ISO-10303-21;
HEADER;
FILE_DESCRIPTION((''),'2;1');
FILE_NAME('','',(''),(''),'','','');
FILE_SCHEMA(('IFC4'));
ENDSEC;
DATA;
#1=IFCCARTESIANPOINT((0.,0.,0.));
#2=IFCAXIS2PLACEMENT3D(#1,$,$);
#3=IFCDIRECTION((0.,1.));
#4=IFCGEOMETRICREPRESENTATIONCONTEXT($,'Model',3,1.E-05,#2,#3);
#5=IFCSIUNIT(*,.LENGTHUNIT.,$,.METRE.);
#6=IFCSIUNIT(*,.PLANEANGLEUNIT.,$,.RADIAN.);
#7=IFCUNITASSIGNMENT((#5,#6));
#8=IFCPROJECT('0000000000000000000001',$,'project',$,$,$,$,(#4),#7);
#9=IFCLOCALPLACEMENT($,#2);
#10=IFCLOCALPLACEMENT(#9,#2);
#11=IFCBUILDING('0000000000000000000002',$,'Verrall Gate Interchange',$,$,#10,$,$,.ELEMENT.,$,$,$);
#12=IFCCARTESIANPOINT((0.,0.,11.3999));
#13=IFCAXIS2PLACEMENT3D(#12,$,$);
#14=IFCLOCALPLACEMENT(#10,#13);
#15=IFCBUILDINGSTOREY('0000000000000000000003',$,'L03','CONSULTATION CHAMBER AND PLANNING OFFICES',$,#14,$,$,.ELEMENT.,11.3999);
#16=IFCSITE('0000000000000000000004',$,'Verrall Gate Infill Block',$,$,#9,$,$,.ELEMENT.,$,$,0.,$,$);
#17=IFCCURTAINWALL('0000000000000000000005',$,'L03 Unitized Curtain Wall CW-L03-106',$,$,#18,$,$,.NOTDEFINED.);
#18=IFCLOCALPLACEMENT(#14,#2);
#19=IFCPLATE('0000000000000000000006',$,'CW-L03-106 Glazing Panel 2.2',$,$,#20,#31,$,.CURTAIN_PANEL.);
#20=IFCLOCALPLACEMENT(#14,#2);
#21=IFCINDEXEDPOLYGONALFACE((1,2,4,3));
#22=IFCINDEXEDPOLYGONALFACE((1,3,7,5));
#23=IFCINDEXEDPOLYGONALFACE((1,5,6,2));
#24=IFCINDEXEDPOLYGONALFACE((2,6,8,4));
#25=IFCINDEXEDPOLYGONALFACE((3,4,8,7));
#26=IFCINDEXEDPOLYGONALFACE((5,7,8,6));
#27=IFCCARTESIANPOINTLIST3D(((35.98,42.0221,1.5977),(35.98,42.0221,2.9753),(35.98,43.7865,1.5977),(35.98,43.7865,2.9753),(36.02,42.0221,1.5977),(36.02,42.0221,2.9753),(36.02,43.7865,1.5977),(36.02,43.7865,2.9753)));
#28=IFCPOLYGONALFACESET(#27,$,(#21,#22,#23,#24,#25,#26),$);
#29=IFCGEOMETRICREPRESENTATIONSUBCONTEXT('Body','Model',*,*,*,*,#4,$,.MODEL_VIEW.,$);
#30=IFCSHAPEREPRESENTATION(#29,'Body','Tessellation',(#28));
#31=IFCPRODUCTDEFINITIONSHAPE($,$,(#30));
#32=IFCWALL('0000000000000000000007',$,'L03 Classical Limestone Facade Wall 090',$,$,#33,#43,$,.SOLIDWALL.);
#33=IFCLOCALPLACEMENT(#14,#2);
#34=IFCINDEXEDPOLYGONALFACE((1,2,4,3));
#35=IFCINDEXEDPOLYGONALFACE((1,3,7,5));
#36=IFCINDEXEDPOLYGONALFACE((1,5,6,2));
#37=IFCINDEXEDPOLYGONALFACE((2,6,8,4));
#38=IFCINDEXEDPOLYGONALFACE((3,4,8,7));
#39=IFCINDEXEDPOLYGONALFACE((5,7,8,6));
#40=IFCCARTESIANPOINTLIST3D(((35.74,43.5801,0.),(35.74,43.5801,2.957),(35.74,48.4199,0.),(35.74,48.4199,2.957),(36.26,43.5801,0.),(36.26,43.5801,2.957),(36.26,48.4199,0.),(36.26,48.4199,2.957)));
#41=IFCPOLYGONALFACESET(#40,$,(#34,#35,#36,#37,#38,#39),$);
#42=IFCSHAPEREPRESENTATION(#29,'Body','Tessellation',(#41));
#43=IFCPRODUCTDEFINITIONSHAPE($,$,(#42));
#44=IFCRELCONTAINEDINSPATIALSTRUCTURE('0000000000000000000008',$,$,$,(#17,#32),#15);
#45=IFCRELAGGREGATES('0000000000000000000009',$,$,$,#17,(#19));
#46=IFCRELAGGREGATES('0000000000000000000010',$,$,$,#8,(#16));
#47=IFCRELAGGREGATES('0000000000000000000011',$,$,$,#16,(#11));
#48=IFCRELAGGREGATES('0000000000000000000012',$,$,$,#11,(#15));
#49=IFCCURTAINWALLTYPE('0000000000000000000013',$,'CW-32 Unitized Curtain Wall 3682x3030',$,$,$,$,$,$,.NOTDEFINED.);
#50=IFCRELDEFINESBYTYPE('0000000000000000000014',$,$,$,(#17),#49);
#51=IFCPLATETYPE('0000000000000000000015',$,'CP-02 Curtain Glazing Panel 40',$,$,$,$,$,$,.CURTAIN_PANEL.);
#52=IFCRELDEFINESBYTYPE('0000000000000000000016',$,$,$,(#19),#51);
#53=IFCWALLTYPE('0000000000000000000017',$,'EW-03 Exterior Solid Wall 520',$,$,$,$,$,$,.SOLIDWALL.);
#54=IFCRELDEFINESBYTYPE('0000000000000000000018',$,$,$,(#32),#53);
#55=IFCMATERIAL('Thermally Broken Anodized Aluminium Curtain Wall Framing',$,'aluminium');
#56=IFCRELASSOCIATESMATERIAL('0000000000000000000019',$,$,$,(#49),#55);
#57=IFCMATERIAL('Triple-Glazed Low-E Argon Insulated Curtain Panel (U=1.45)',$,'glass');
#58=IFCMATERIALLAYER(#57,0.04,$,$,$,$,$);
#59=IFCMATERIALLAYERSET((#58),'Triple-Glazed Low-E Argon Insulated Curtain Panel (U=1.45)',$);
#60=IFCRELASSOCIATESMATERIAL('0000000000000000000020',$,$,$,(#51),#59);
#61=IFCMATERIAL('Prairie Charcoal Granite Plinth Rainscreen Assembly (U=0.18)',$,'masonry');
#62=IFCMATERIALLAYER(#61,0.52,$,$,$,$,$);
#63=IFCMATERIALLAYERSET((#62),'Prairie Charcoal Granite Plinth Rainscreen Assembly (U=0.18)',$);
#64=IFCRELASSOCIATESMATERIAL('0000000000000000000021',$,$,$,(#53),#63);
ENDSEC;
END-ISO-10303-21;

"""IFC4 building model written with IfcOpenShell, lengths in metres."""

from ifc_helpers import new_model, si_unit, direction, frame, frame_2d, origin, origin_2d, place, context, subcontext, project, spatial, rectangle, extrude, material, layer, layer_set, type_object, element, aggregate, save


model = new_model("IFC4")

# Units and contexts
model_context = context("Model", 3, precision=1e-05, world=origin(), true_north=direction((0.0, 1.0)))
body_context = subcontext(model_context, "Body", "Model", "MODEL_VIEW")
ifc_project = project(units=[si_unit("LENGTHUNIT", "METRE"), si_unit("PLANEANGLEUNIT", "RADIAN")], contexts=[model_context])

# Site, building, storey
site_placement = place(None, origin())
site = spatial("IfcSite", under=ifc_project, at=site_placement, Name="Verrall Gate Infill Block", CompositionType="ELEMENT", RefElevation=0.0)
building_placement = place(site_placement, origin())
building = spatial("IfcBuilding", under=site, at=building_placement, Name="Verrall Gate Interchange", CompositionType="ELEMENT")
storey_placement = place(building_placement, frame((0.0, 0.0, 11.3999)))
storey = spatial("IfcBuildingStorey", under=building, at=storey_placement, Name="L03", Description="CONSULTATION CHAMBER AND PLANNING OFFICES", CompositionType="ELEMENT", Elevation=11.3999)

# Curtain wall
ifc_material_1 = material(Name="Thermally Broken Anodized Aluminium Curtain Wall Framing", Category="aluminium")
curtain_wall_type = type_object("IfcCurtainWallType", Name="CW-32 Unitized Curtain Wall 3682x3030", PredefinedType="NOTDEFINED", material=ifc_material_1)
curtain_wall_placement = place(storey_placement, origin())
curtain_wall = element("IfcCurtainWall", 1, at=curtain_wall_placement, inside=storey, type_object=curtain_wall_type, Name="L03 Unitized Curtain Wall CW-L03-106", PredefinedType="NOTDEFINED")

# Plate
ifc_material_2 = material(Name="Triple-Glazed Low-E Argon Insulated Curtain Panel (U=1.45)", Category="glass")
ifc_layer_1 = layer(ifc_material_2, 0.04)
ifc_layer_set_1 = layer_set([ifc_layer_1], Name="Triple-Glazed Low-E Argon Insulated Curtain Panel (U=1.45)")
plate_type_1 = type_object("IfcPlateType", Name="CP-02 Curtain Glazing Panel 40", PredefinedType="CURTAIN_PANEL", material=ifc_layer_set_1)
plate_1_placement = place(storey_placement, frame((36.0, 42.9043, 1.5977), z_axis=(0.0, 0.0, 1.0), x_axis=(0.0, 1.0, 0.0)))
plate_1 = element("IfcPlate", 2, at=plate_1_placement, type_object=plate_type_1, Name="CW-L03-106 Glazing Panel 2.2", PredefinedType="CURTAIN_PANEL", context=body_context, shape_type="SweptSolid", body=[
    extrude(rectangle(XDim=1.7644, YDim=0.04, at=origin_2d()), origin(), (0.0, 0.0, 1.0), 1.3777),
])
aggregate(curtain_wall, [plate_1])

# Wall
ifc_material_3 = material(Name="Prairie Charcoal Granite Plinth Rainscreen Assembly (U=0.18)", Category="masonry")
ifc_layer_2 = layer(ifc_material_3, 0.52)
ifc_layer_set_2 = layer_set([ifc_layer_2], Name="Prairie Charcoal Granite Plinth Rainscreen Assembly (U=0.18)")
wall_type = type_object("IfcWallType", Name="EW-03 Exterior Solid Wall 520", PredefinedType="SOLIDWALL", material=ifc_layer_set_2)
wall_placement = place(storey_placement, frame((36.0, 43.5801, 0.0), z_axis=(0.0, 0.0, 1.0), x_axis=(0.0, 1.0, 0.0)))
element("IfcWall", 3, at=wall_placement, inside=storey, type_object=wall_type, Name="L03 Classical Limestone Facade Wall 090", PredefinedType="SOLIDWALL", context=body_context, shape_type="SweptSolid", body=[
    extrude(rectangle(XDim=4.8398, YDim=0.52, at=frame_2d((2.4199, 0.0))), origin(), (0.0, 0.0, 1.0), 2.957),
])

save(model, "model.ifc")
